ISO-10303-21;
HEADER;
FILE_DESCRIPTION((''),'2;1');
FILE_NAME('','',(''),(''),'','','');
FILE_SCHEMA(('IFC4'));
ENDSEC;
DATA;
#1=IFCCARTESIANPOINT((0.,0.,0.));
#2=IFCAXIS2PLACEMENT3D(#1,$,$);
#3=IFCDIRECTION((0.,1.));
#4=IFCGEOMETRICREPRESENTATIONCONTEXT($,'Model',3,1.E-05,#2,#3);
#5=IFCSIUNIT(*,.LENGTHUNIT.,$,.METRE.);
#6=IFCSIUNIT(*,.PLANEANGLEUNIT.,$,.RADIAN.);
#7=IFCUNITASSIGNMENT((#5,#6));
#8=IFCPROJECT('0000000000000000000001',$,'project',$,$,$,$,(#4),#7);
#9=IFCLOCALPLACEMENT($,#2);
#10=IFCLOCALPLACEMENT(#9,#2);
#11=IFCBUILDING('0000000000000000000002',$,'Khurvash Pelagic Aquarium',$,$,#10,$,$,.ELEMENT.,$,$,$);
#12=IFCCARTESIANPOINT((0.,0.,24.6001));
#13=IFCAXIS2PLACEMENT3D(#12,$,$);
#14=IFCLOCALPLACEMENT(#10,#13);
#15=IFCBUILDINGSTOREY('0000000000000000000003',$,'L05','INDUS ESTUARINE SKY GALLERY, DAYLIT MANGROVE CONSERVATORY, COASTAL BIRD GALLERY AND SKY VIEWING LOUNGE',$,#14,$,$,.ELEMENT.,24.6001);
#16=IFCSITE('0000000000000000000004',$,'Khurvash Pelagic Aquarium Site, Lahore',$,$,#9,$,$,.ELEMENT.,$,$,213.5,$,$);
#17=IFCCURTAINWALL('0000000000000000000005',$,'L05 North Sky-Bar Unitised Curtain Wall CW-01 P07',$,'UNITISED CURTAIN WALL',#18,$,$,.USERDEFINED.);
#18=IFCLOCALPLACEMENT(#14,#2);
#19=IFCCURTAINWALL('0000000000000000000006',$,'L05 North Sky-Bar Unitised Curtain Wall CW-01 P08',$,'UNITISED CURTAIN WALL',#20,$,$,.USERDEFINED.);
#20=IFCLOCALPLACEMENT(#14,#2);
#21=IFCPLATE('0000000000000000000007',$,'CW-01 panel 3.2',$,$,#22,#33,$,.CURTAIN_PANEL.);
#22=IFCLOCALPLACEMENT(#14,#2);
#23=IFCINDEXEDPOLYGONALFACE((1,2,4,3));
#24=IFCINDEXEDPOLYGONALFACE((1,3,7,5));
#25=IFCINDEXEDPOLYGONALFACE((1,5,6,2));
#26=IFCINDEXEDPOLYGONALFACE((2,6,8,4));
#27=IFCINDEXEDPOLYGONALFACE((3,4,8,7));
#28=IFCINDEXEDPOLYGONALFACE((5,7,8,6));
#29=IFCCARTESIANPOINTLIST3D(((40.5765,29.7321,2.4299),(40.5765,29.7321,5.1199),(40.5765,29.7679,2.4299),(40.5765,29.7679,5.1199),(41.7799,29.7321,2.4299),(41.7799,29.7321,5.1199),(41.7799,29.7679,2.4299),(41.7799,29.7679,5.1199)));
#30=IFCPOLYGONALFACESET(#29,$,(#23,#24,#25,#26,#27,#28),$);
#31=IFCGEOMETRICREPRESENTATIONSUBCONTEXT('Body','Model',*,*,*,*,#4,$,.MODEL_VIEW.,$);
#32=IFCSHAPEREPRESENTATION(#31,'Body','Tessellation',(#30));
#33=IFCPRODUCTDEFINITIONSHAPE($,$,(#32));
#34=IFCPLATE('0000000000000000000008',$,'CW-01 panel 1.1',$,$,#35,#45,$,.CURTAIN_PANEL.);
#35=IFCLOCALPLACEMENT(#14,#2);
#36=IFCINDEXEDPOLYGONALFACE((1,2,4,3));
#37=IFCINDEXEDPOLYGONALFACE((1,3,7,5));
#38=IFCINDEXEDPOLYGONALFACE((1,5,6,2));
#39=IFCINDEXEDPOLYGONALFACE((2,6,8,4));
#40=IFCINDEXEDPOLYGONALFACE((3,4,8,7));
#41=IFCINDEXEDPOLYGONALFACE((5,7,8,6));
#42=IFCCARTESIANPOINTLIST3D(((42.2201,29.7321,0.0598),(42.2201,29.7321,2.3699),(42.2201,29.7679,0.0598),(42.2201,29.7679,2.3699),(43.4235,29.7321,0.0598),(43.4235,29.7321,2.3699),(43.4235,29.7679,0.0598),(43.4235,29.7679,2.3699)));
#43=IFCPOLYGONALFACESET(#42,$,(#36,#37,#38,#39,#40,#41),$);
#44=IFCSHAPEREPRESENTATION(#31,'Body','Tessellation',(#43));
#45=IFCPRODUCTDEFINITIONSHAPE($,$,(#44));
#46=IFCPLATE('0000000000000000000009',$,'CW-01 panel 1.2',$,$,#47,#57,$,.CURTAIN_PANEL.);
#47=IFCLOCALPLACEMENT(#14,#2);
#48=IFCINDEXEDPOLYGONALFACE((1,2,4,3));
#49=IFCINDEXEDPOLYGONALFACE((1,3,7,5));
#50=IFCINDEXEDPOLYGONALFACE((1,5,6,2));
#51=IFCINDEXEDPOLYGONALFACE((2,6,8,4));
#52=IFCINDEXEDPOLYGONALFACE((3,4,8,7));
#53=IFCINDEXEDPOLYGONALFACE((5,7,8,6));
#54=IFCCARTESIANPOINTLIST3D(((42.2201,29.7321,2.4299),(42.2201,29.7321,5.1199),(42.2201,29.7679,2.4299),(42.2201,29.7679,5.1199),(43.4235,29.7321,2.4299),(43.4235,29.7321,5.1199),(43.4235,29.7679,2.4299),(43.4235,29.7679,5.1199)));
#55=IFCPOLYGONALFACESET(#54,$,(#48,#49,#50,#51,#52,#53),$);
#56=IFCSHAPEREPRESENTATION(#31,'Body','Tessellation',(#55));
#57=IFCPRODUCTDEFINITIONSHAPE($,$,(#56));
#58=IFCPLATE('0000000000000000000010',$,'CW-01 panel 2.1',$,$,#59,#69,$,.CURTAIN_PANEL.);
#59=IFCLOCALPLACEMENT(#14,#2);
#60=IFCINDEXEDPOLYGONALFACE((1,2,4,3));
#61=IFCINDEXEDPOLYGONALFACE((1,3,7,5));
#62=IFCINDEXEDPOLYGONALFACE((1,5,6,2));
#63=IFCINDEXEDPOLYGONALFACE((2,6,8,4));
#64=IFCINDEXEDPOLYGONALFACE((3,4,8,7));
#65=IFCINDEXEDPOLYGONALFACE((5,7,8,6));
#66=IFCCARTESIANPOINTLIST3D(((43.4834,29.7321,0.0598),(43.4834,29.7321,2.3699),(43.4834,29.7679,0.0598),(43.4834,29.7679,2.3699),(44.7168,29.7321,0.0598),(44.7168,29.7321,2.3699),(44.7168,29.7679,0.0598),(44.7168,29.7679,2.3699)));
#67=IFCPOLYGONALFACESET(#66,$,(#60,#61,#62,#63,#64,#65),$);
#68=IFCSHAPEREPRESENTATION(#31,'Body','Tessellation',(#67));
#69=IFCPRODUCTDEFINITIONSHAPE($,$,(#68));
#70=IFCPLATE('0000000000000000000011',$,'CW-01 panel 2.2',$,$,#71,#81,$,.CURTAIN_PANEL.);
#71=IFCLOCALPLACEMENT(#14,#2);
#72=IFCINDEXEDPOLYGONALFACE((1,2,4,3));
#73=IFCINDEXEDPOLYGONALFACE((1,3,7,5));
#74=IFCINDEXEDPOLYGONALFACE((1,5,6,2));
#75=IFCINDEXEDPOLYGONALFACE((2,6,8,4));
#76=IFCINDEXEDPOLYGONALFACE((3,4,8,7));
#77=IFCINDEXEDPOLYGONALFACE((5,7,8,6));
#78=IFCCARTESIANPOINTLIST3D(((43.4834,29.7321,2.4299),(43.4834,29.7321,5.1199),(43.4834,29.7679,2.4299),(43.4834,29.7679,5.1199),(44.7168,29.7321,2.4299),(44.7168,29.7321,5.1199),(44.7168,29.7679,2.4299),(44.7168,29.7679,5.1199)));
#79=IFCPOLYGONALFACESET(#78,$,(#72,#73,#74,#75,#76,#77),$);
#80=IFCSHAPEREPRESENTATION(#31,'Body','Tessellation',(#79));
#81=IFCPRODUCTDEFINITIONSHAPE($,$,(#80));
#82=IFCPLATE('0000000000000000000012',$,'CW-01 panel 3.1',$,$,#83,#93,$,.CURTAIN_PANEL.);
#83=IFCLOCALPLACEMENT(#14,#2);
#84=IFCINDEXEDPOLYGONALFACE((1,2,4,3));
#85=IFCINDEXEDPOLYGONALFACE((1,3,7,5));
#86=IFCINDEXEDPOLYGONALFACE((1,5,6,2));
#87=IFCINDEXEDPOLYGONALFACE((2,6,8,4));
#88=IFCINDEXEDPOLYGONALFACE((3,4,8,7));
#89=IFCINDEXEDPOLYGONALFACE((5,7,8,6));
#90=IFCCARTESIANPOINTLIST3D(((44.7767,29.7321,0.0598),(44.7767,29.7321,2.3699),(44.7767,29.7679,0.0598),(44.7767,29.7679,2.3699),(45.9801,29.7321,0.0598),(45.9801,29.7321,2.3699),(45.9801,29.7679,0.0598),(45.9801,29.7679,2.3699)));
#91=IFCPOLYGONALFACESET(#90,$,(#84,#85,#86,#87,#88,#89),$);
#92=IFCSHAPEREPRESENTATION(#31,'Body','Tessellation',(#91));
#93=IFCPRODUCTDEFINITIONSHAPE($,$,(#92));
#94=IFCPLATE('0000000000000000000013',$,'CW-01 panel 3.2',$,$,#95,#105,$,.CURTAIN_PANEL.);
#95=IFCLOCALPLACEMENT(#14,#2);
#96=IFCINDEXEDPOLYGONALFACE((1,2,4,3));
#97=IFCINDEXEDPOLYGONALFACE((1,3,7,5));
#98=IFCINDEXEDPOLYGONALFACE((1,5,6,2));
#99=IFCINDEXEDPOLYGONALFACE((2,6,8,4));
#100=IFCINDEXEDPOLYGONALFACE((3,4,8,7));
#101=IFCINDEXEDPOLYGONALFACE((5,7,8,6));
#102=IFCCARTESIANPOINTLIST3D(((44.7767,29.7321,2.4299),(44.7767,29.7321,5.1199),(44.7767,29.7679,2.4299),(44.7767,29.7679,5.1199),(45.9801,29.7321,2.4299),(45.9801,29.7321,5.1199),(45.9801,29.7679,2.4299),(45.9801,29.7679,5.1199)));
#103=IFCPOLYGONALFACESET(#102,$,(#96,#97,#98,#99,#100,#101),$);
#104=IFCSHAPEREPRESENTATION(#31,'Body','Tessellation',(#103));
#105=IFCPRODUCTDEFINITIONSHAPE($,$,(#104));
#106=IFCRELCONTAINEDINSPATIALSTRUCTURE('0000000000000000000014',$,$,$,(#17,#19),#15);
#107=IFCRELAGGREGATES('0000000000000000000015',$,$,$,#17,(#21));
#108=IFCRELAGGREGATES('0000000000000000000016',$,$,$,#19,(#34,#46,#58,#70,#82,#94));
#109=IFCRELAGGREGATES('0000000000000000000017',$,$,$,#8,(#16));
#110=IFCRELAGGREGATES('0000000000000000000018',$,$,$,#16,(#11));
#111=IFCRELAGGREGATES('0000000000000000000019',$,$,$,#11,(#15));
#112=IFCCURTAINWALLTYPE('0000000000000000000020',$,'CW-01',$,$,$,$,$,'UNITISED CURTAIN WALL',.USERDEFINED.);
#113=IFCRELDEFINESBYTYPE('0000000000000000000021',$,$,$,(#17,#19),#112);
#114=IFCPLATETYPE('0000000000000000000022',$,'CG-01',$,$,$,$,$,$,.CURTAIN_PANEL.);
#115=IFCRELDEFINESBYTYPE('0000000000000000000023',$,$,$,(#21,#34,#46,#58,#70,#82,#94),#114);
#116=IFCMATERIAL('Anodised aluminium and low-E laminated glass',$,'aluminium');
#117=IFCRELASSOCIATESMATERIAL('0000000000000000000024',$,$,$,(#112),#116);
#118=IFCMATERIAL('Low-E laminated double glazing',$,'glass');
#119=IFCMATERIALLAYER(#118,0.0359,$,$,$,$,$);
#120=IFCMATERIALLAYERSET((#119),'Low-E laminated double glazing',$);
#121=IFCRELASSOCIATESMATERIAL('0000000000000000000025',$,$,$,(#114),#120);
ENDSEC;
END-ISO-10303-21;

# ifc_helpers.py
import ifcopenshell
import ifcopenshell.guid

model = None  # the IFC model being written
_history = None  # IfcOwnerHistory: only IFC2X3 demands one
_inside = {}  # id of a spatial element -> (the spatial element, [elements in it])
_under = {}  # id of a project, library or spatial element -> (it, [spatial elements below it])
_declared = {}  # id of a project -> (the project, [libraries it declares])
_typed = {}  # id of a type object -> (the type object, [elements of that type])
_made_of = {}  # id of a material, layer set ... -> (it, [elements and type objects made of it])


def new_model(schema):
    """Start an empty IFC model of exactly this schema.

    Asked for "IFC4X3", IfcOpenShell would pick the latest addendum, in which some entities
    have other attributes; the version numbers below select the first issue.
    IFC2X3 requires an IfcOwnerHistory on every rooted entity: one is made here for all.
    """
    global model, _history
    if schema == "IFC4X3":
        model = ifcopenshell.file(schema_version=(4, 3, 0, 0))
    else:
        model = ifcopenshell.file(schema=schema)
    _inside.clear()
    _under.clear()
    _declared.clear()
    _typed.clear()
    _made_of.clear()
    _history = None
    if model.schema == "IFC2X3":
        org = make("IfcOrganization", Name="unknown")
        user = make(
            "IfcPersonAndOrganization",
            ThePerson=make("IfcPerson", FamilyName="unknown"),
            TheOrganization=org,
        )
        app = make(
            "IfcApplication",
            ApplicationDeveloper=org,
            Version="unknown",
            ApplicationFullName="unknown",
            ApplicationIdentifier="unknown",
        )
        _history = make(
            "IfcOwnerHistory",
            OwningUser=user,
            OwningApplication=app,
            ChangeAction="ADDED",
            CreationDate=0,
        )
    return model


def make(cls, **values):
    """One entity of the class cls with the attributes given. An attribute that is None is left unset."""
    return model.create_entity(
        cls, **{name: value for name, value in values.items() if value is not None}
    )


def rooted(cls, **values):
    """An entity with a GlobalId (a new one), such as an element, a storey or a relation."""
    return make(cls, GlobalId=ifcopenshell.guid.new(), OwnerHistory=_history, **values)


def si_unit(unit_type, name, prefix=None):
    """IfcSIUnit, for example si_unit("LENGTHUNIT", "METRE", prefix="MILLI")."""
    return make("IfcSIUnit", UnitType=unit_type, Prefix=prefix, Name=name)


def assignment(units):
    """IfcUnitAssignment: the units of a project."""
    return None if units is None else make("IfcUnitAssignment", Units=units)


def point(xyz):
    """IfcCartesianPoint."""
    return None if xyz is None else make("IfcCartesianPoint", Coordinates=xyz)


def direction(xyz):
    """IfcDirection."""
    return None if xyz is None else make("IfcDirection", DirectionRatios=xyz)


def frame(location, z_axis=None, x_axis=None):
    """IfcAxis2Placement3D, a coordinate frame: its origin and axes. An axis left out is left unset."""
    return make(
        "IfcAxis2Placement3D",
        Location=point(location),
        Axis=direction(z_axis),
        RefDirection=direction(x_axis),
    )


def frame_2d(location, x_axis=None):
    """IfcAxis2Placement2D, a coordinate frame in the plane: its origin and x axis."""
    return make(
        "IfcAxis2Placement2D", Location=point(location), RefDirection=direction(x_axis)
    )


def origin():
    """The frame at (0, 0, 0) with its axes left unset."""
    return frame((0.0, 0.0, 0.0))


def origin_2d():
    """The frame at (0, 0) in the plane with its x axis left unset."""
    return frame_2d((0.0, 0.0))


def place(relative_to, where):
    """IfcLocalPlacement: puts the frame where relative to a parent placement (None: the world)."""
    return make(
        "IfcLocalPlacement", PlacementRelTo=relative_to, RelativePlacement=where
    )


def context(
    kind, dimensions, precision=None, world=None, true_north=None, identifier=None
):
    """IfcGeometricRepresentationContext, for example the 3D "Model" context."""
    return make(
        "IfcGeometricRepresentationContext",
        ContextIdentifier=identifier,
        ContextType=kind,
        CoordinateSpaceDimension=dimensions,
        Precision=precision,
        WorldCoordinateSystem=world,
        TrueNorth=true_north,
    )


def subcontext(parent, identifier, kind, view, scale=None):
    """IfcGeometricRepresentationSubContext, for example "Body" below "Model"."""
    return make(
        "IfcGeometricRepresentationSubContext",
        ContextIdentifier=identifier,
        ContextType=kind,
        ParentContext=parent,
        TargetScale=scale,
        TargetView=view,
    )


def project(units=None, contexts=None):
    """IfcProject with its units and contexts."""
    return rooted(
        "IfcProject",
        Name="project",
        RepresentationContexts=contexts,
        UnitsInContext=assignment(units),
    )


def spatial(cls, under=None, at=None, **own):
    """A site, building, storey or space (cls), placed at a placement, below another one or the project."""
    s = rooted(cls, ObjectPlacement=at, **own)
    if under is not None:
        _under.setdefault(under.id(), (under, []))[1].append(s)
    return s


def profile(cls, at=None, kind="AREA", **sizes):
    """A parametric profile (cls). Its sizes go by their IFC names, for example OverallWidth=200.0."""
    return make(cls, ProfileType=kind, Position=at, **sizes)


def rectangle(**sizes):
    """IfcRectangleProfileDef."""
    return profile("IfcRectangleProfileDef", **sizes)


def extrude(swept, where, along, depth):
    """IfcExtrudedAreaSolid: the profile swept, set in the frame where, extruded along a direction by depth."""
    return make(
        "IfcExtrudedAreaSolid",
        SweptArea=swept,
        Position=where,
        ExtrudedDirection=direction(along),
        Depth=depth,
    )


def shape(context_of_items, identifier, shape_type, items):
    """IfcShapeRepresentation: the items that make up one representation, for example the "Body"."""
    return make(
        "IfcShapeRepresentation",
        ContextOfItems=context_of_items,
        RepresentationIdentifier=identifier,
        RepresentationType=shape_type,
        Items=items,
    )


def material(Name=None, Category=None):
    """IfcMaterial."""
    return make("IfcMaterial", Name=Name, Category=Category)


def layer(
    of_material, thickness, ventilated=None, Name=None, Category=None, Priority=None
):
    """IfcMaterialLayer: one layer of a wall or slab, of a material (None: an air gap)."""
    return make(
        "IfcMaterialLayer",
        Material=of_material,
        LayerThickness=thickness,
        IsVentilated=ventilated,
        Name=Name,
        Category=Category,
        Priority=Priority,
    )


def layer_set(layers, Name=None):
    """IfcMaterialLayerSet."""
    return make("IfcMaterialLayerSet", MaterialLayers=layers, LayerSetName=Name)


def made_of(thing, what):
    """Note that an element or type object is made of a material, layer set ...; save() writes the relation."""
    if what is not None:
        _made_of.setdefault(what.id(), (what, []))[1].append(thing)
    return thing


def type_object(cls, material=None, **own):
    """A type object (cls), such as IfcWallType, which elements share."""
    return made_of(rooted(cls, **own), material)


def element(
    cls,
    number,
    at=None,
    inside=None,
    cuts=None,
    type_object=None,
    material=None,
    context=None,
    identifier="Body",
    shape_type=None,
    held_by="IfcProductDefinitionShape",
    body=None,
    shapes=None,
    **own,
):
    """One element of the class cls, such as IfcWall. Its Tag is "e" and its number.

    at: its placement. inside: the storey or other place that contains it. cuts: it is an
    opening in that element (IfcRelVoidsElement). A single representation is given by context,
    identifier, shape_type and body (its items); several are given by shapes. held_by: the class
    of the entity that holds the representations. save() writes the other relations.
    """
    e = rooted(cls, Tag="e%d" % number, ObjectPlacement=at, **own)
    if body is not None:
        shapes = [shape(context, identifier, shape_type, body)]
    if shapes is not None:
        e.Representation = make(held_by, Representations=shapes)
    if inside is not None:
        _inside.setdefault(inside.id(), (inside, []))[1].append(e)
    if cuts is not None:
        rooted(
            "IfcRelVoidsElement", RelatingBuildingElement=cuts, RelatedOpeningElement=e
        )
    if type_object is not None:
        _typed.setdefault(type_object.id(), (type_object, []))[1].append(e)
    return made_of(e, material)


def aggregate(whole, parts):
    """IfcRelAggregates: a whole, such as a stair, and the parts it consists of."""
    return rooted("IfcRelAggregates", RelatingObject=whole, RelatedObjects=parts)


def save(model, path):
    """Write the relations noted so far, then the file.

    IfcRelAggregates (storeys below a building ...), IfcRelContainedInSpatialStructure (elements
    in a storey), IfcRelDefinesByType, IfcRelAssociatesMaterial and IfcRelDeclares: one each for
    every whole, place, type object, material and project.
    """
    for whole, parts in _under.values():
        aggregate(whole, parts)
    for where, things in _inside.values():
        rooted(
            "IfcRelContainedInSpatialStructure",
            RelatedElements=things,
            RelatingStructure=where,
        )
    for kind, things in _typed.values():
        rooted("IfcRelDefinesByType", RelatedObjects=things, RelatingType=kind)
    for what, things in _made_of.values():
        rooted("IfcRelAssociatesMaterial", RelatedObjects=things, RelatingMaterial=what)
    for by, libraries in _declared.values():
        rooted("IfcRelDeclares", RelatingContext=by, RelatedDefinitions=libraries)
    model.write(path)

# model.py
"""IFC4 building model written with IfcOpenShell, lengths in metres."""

from ifc_helpers import new_model, si_unit, direction, frame, origin, origin_2d, place, context, subcontext, project, spatial, rectangle, extrude, material, layer, layer_set, type_object, element, aggregate, save


model = new_model("IFC4")

# Units and contexts
model_context = context("Model", 3, precision=1e-05, world=origin(), true_north=direction((0.0, 1.0)))
body_context = subcontext(model_context, "Body", "Model", "MODEL_VIEW")
ifc_project = project(units=[si_unit("LENGTHUNIT", "METRE"), si_unit("PLANEANGLEUNIT", "RADIAN")], contexts=[model_context])

# Site, building, storey
site_placement = place(None, origin())
site = spatial("IfcSite", under=ifc_project, at=site_placement, Name="Khurvash Pelagic Aquarium Site, Lahore", CompositionType="ELEMENT", RefElevation=213.5)
building_placement = place(site_placement, origin())
building = spatial("IfcBuilding", under=site, at=building_placement, Name="Khurvash Pelagic Aquarium", CompositionType="ELEMENT")
storey_placement = place(building_placement, frame((0.0, 0.0, 24.6001)))
storey = spatial("IfcBuildingStorey", under=building, at=storey_placement, Name="L05", Description="INDUS ESTUARINE SKY GALLERY, DAYLIT MANGROVE CONSERVATORY, COASTAL BIRD GALLERY AND SKY VIEWING LOUNGE", CompositionType="ELEMENT", Elevation=24.6001)

# Curtain wall
ifc_material_1 = material(Name="Anodised aluminium and low-E laminated glass", Category="aluminium")
curtain_wall_type = type_object("IfcCurtainWallType", Name="CW-01", ElementType="UNITISED CURTAIN WALL", PredefinedType="USERDEFINED", material=ifc_material_1)
curtain_wall_1_placement = place(storey_placement, origin())
curtain_wall_1 = element("IfcCurtainWall", 1, at=curtain_wall_1_placement, inside=storey, type_object=curtain_wall_type, Name="L05 North Sky-Bar Unitised Curtain Wall CW-01 P07", ObjectType="UNITISED CURTAIN WALL", PredefinedType="USERDEFINED")

# Curtain wall
curtain_wall_2_placement = place(storey_placement, origin())
curtain_wall_2 = element("IfcCurtainWall", 2, at=curtain_wall_2_placement, inside=storey, type_object=curtain_wall_type, Name="L05 North Sky-Bar Unitised Curtain Wall CW-01 P08", ObjectType="UNITISED CURTAIN WALL", PredefinedType="USERDEFINED")

# Plates
ifc_material_2 = material(Name="Low-E laminated double glazing", Category="glass")
ifc_layer = layer(ifc_material_2, 0.0359)
ifc_layer_set = layer_set([ifc_layer], Name="Low-E laminated double glazing")
plate_type = type_object("IfcPlateType", Name="CG-01", PredefinedType="CURTAIN_PANEL", material=ifc_layer_set)
plate_1_placement = place(storey_placement, frame((41.1782, 29.75, 2.4299), z_axis=(0.0, 0.0, 1.0), x_axis=(1.0, 0.0, 0.0)))
plate_1 = element("IfcPlate", 3, at=plate_1_placement, type_object=plate_type, Name="CW-01 panel 3.2", PredefinedType="CURTAIN_PANEL", context=body_context, shape_type="SweptSolid", body=[
    extrude(rectangle(XDim=1.2034, YDim=0.0359, at=origin_2d()), origin(), (0.0, 0.0, 1.0), 2.6899),
])
aggregate(curtain_wall_1, [plate_1])
plate_2_placement = place(storey_placement, frame((42.8218, 29.75, 0.0598), z_axis=(0.0, 0.0, 1.0), x_axis=(1.0, 0.0, 0.0)))
plate_2 = element("IfcPlate", 4, at=plate_2_placement, type_object=plate_type, Name="CW-01 panel 1.1", PredefinedType="CURTAIN_PANEL", context=body_context, shape_type="SweptSolid", body=[
    extrude(rectangle(XDim=1.2034, YDim=0.0359, at=origin_2d()), origin(), (0.0, 0.0, 1.0), 2.3101),
])
plate_3_placement = place(storey_placement, frame((42.8218, 29.75, 2.4299), z_axis=(0.0, 0.0, 1.0), x_axis=(1.0, 0.0, 0.0)))
plate_3 = element("IfcPlate", 5, at=plate_3_placement, type_object=plate_type, Name="CW-01 panel 1.2", PredefinedType="CURTAIN_PANEL", context=body_context, shape_type="SweptSolid", body=[
    extrude(rectangle(XDim=1.2034, YDim=0.0359, at=origin_2d()), origin(), (0.0, 0.0, 1.0), 2.6899),
])
plate_4_placement = place(storey_placement, frame((44.1001, 29.75, 0.0598), z_axis=(0.0, 0.0, 1.0), x_axis=(1.0, 0.0, 0.0)))
plate_4 = element("IfcPlate", 6, at=plate_4_placement, type_object=plate_type, Name="CW-01 panel 2.1", PredefinedType="CURTAIN_PANEL", context=body_context, shape_type="SweptSolid", body=[
    extrude(rectangle(XDim=1.2334, YDim=0.0359, at=origin_2d()), origin(), (0.0, 0.0, 1.0), 2.3101),
])
plate_5_placement = place(storey_placement, frame((44.1001, 29.75, 2.4299), z_axis=(0.0, 0.0, 1.0), x_axis=(1.0, 0.0, 0.0)))
plate_5 = element("IfcPlate", 7, at=plate_5_placement, type_object=plate_type, Name="CW-01 panel 2.2", PredefinedType="CURTAIN_PANEL", context=body_context, shape_type="SweptSolid", body=[
    extrude(rectangle(XDim=1.2334, YDim=0.0359, at=origin_2d()), origin(), (0.0, 0.0, 1.0), 2.6899),
])
plate_6_placement = place(storey_placement, frame((45.3784, 29.75, 0.0598), z_axis=(0.0, 0.0, 1.0), x_axis=(1.0, 0.0, 0.0)))
plate_6 = element("IfcPlate", 8, at=plate_6_placement, type_object=plate_type, Name="CW-01 panel 3.1", PredefinedType="CURTAIN_PANEL", context=body_context, shape_type="SweptSolid", body=[
    extrude(rectangle(XDim=1.2034, YDim=0.0359, at=origin_2d()), origin(), (0.0, 0.0, 1.0), 2.3101),
])
plate_7_placement = place(storey_placement, frame((45.3784, 29.75, 2.4299), z_axis=(0.0, 0.0, 1.0), x_axis=(1.0, 0.0, 0.0)))
plate_7 = element("IfcPlate", 9, at=plate_7_placement, type_object=plate_type, Name="CW-01 panel 3.2", PredefinedType="CURTAIN_PANEL", context=body_context, shape_type="SweptSolid", body=[
    extrude(rectangle(XDim=1.2034, YDim=0.0359, at=origin_2d()), origin(), (0.0, 0.0, 1.0), 2.6899),
])
aggregate(curtain_wall_2, [plate_2, plate_3, plate_4, plate_5, plate_6, plate_7])

save(model, "model.ifc")
